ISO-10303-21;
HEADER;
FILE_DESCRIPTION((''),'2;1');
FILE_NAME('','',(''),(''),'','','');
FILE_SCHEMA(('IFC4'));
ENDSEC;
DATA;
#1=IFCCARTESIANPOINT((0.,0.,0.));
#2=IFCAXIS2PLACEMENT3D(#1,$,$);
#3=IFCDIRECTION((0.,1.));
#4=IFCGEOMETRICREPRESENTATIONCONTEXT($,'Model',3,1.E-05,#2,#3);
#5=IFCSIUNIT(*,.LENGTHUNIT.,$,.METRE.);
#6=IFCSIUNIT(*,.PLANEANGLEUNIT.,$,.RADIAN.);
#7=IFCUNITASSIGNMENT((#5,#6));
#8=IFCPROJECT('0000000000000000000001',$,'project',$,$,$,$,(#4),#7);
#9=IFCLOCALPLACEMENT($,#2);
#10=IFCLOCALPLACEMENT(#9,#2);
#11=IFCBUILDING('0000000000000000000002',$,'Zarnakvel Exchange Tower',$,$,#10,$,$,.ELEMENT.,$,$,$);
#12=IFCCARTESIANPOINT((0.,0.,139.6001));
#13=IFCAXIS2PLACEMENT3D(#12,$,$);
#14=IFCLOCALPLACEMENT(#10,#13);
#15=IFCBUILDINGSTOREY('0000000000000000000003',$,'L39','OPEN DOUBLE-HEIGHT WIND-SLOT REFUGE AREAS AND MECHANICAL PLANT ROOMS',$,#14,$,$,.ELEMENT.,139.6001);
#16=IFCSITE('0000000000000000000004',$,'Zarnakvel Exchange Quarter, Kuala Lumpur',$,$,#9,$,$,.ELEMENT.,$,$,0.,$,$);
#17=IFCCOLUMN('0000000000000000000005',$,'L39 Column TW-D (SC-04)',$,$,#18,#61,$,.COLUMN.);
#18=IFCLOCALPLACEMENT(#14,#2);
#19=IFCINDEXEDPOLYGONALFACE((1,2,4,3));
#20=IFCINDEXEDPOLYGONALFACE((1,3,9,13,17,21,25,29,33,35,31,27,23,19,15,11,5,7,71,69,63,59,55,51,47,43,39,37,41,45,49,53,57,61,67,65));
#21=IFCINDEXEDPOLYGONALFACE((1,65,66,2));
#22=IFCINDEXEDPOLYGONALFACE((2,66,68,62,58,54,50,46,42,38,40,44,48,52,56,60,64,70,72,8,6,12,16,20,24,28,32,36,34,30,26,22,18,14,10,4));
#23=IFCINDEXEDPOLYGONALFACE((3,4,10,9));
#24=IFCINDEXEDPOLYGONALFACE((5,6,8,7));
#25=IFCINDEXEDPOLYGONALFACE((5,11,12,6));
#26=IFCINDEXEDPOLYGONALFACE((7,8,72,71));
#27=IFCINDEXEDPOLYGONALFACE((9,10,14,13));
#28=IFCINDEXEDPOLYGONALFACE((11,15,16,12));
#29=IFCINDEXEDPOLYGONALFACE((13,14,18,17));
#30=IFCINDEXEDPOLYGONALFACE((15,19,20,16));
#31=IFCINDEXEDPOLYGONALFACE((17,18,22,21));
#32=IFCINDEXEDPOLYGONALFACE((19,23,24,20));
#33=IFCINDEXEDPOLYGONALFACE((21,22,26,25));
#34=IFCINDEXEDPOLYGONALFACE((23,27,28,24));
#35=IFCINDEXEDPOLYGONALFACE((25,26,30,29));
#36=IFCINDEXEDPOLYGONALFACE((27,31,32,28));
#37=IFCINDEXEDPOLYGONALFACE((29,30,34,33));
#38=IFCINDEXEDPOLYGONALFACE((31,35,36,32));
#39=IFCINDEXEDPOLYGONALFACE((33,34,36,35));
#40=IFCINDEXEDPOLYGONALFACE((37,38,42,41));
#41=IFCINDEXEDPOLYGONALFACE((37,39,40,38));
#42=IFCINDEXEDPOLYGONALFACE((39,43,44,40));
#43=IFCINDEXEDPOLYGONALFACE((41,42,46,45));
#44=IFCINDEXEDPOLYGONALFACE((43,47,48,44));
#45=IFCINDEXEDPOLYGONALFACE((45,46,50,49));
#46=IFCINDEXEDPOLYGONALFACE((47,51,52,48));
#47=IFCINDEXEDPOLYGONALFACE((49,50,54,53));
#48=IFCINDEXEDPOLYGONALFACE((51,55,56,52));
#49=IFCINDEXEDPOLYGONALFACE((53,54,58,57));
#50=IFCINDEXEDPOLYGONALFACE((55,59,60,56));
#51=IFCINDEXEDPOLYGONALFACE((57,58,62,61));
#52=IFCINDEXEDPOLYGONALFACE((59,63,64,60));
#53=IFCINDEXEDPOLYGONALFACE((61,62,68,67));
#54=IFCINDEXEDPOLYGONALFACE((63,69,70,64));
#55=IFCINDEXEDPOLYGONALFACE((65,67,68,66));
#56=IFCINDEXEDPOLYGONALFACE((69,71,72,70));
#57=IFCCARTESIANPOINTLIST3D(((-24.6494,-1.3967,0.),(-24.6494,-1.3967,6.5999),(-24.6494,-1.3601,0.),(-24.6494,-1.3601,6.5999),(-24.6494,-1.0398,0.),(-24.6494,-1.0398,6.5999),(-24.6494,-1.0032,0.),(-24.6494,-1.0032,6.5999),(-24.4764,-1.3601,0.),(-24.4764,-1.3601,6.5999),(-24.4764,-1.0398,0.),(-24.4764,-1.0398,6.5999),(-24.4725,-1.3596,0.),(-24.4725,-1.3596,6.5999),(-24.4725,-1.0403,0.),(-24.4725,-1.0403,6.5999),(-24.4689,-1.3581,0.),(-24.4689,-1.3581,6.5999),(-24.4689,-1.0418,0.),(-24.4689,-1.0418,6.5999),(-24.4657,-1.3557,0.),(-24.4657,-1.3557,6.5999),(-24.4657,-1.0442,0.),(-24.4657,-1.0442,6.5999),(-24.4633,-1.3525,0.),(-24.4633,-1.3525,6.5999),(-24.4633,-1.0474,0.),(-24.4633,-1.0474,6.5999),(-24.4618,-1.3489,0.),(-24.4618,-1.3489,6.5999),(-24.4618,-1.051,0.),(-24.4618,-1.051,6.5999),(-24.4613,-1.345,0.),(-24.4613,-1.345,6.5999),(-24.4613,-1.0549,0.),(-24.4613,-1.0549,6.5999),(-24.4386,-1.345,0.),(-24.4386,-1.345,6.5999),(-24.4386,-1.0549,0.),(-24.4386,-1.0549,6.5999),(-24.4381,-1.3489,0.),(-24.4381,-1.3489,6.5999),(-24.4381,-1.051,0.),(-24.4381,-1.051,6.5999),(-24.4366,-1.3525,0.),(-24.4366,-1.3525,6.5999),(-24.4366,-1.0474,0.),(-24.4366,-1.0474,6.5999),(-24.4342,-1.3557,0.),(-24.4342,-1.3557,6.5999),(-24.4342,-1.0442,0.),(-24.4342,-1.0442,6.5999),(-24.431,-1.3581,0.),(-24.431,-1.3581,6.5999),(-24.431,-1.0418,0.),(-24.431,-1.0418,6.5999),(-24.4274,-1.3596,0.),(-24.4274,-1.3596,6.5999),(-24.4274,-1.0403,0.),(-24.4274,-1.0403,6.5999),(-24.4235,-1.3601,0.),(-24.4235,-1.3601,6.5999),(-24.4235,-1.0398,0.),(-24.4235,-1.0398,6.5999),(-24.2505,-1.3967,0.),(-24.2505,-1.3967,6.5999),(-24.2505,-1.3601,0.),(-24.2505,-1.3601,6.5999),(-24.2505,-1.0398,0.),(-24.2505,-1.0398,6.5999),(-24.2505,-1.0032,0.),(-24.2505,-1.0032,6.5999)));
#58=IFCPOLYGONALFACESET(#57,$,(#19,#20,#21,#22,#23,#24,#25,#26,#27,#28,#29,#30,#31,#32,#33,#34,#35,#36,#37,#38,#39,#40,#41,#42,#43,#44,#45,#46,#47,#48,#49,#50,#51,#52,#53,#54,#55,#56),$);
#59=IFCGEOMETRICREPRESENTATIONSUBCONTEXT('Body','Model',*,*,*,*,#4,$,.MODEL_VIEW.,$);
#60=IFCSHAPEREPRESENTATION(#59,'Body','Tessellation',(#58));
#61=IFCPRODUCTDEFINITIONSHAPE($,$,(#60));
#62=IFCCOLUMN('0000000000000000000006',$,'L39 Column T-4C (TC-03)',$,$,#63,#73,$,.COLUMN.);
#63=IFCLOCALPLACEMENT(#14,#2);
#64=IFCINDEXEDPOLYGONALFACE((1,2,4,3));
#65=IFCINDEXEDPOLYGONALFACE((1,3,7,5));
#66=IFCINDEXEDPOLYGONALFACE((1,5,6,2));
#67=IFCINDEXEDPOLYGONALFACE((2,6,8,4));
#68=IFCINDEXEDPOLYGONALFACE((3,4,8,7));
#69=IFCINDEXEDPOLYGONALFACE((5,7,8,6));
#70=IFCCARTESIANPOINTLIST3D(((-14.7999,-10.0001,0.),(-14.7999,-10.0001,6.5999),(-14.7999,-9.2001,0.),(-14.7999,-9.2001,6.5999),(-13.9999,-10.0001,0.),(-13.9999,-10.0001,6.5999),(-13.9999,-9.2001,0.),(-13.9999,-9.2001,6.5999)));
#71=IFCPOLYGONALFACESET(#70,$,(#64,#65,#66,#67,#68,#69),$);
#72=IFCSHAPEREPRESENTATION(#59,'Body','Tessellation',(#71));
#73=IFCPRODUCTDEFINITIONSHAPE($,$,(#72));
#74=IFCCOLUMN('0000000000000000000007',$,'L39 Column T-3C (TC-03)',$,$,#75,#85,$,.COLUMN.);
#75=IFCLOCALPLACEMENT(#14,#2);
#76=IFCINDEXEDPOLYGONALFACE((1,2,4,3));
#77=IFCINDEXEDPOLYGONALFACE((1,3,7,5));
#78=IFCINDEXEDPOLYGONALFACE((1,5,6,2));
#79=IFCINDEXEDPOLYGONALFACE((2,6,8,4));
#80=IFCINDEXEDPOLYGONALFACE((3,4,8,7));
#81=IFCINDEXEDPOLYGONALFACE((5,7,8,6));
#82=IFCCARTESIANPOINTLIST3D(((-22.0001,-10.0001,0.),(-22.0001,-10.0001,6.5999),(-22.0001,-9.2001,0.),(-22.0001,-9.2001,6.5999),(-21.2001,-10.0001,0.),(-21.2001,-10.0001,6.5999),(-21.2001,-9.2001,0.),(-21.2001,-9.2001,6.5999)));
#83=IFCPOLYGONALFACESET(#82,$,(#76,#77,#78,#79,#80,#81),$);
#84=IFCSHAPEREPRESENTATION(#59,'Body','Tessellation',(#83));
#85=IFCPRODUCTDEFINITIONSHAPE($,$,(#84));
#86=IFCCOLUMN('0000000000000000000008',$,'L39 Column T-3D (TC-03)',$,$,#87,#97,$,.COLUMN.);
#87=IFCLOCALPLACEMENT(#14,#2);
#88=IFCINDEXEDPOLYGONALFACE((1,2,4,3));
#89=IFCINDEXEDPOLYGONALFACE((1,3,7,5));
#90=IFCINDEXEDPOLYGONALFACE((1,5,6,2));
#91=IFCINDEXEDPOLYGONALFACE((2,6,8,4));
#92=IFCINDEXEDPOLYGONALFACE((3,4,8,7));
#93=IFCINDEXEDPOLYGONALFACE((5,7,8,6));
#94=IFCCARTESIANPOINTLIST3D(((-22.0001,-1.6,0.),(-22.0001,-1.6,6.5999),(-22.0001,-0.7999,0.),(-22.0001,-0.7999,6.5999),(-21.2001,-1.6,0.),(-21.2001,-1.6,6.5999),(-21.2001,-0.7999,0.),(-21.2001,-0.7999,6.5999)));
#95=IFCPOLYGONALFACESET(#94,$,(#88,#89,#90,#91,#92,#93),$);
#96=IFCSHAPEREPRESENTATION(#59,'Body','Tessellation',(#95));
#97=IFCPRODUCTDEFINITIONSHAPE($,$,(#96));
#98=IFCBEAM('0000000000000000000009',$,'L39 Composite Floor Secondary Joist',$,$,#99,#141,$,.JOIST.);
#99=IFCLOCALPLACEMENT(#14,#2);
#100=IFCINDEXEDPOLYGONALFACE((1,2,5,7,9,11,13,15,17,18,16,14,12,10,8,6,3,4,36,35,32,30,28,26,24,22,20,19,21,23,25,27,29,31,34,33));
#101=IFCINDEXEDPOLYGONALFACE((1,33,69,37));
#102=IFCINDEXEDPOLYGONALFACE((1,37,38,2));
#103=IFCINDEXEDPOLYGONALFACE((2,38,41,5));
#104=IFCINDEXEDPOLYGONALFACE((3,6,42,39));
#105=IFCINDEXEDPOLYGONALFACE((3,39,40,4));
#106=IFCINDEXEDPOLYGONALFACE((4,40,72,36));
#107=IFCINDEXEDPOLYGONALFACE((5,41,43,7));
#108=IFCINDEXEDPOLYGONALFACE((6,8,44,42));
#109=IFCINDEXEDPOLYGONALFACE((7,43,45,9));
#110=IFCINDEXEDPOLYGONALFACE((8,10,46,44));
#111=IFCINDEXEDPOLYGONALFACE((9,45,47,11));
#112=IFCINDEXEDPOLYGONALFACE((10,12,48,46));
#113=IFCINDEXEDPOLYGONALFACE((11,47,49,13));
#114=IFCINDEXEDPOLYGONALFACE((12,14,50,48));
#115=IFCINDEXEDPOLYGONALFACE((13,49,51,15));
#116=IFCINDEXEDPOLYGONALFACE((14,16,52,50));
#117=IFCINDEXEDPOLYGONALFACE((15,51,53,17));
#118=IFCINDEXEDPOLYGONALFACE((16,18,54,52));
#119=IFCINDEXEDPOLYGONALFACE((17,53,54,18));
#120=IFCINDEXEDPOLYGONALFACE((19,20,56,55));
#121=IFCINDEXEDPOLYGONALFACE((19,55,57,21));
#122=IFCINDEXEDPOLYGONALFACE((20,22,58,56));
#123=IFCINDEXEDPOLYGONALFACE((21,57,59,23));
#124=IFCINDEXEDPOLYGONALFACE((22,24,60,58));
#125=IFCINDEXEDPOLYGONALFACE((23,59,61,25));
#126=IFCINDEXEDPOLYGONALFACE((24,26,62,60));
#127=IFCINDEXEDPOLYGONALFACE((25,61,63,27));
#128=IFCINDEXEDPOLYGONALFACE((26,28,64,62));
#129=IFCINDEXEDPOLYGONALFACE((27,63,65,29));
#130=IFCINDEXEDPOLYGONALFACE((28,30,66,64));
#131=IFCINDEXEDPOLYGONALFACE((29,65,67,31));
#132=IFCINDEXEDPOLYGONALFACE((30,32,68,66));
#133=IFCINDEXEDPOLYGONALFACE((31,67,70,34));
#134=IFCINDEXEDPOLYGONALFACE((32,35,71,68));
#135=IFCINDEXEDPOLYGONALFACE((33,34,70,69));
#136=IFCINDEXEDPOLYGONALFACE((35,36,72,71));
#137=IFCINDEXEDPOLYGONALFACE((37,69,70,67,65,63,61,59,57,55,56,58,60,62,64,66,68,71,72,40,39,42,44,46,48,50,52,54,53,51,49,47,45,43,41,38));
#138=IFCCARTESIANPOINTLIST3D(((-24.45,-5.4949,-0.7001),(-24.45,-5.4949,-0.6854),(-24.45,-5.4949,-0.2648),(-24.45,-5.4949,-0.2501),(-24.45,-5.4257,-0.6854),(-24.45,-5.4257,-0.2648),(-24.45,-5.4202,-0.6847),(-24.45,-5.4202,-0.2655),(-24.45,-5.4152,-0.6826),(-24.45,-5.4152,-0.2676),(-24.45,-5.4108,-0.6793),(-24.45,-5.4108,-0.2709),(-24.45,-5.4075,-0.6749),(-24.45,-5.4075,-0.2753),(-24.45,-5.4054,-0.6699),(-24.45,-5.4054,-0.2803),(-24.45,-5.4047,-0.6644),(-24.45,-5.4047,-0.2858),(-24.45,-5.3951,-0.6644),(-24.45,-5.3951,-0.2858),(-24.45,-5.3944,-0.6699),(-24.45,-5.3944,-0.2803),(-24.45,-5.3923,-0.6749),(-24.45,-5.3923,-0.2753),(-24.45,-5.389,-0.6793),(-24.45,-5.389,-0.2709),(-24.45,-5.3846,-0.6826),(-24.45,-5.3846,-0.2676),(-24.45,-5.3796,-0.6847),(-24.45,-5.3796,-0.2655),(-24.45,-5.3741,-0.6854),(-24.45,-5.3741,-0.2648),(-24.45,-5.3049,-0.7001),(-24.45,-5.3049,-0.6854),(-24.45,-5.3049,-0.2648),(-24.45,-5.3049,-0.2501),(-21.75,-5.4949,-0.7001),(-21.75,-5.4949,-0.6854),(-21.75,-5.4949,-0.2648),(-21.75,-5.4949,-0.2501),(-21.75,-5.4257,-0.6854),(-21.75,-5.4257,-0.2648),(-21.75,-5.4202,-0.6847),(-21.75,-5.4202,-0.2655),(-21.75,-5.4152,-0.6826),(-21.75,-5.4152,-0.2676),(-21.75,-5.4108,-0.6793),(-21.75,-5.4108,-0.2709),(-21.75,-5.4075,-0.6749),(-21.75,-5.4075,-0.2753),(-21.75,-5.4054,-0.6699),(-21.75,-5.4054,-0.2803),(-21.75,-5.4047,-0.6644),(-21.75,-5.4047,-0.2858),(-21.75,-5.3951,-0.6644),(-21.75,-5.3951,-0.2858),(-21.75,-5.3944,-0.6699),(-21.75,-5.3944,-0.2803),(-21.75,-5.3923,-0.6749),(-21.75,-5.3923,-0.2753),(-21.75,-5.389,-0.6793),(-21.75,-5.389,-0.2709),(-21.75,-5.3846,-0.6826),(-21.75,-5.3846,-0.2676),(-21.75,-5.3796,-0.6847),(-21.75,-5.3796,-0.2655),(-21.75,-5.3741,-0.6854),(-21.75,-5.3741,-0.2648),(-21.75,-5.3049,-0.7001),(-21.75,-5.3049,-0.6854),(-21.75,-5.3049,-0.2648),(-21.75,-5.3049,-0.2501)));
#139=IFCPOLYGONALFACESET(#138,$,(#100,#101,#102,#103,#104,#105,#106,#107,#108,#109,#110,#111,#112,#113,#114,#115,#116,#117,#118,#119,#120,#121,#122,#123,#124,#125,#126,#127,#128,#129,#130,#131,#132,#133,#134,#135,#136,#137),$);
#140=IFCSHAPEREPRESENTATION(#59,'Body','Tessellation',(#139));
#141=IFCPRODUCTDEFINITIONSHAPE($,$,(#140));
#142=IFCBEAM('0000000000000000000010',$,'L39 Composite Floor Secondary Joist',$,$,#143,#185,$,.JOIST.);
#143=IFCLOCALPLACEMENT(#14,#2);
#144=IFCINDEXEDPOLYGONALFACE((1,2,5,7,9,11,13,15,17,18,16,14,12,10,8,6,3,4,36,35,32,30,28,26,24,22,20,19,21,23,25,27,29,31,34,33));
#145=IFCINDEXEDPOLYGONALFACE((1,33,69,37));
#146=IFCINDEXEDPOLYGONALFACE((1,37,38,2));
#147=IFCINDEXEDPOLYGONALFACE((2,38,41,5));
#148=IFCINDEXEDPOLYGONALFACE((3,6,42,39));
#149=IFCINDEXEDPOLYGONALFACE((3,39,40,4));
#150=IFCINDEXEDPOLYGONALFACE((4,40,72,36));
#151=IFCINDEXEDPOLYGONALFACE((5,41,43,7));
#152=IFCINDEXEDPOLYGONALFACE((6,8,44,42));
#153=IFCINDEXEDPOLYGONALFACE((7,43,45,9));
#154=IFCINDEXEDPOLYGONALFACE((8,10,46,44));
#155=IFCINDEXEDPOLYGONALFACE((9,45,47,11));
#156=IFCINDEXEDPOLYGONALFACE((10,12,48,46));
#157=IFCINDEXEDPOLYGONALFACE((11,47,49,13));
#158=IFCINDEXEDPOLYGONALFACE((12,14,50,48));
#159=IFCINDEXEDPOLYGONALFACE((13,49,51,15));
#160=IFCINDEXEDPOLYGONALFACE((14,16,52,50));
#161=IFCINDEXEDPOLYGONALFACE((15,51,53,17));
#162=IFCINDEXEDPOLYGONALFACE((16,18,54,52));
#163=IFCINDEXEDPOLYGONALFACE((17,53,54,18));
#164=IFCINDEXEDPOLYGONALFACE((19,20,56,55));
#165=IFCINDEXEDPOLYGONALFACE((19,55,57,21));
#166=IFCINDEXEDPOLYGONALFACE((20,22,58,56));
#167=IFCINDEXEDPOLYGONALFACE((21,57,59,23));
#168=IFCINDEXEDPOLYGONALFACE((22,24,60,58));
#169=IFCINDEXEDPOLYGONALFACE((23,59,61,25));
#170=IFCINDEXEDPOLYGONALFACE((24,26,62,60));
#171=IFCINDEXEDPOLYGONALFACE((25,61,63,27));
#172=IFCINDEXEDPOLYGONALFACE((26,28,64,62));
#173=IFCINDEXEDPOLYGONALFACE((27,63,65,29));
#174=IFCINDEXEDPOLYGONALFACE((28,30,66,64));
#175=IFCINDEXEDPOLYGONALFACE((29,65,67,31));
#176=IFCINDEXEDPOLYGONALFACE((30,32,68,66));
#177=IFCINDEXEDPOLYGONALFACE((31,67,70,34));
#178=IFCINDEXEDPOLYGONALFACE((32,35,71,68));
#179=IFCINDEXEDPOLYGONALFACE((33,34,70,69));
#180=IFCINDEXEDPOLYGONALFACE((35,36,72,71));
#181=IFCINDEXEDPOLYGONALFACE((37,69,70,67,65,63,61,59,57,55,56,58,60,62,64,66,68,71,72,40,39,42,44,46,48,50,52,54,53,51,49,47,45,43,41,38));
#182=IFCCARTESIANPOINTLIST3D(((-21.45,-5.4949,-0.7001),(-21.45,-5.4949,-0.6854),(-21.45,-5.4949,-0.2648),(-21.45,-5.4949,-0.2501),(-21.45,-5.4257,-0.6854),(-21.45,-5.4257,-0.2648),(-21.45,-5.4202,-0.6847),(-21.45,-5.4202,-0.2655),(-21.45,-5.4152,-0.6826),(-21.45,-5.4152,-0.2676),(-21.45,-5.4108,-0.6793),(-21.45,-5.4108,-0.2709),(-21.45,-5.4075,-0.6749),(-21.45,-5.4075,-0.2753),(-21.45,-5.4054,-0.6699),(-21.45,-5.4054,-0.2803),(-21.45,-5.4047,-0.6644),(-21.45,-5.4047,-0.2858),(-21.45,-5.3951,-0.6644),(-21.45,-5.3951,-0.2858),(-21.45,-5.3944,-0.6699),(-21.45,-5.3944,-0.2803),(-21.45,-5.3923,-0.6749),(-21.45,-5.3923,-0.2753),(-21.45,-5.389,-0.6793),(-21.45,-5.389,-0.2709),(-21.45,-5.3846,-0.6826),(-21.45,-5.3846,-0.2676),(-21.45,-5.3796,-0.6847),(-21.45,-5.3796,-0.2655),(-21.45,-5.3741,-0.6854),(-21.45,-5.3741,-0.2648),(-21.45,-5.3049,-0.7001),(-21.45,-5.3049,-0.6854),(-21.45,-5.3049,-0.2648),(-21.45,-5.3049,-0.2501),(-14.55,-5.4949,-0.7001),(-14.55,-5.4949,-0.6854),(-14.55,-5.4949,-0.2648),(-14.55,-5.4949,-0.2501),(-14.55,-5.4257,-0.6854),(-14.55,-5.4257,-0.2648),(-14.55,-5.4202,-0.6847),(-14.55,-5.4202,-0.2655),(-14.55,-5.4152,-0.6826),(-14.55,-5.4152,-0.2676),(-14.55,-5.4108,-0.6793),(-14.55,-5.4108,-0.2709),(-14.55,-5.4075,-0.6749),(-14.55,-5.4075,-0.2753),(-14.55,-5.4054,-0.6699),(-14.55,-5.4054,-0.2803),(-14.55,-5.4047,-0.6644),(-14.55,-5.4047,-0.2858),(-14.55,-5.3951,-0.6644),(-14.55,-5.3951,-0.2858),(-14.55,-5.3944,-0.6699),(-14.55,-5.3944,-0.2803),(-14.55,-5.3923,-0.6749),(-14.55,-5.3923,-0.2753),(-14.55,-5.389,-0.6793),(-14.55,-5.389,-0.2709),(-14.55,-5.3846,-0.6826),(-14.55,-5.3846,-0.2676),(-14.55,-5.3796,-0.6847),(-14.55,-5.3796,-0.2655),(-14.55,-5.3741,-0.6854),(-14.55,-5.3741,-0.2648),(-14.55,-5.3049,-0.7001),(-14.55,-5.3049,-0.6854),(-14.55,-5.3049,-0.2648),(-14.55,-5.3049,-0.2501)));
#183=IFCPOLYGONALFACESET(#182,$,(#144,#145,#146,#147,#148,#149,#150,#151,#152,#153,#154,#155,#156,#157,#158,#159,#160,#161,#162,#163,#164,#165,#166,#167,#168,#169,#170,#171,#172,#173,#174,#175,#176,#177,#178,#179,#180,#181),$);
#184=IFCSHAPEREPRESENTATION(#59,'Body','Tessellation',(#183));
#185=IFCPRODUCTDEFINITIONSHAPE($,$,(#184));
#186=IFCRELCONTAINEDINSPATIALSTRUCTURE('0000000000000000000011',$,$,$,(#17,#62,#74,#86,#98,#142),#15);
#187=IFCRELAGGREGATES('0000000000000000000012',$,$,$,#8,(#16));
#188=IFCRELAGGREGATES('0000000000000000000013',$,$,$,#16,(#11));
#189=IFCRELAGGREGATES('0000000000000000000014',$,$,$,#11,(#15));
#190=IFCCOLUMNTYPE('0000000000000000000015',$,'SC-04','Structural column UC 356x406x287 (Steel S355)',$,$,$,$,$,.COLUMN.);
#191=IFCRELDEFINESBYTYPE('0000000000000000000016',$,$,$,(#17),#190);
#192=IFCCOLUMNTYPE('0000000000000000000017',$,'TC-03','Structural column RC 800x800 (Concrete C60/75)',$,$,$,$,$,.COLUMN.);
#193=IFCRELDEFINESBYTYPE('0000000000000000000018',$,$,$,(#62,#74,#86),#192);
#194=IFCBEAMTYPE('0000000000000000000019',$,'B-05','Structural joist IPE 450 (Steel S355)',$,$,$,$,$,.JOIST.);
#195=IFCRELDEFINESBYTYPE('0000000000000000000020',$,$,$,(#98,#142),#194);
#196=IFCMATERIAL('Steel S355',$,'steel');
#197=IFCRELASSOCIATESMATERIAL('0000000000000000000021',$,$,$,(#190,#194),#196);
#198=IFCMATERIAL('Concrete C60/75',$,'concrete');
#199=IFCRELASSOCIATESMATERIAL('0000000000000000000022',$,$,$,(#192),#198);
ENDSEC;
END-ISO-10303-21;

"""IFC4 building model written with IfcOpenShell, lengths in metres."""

from ifc_helpers import new_model, si_unit, direction, frame, origin, origin_2d, place, context, subcontext, project, spatial, rectangle, i_section, extrude, material, material_profile, profile_set, type_object, element, save


model = new_model("IFC4")

# Units and contexts
model_context = context("Model", 3, precision=1e-05, world=origin(), true_north=direction((0.0, 1.0)))
body_context = subcontext(model_context, "Body", "Model", "MODEL_VIEW")
ifc_project = project(units=[si_unit("LENGTHUNIT", "METRE"), si_unit("PLANEANGLEUNIT", "RADIAN")], contexts=[model_context])

# Site, building, storey
site_placement = place(None, origin())
site = spatial("IfcSite", under=ifc_project, at=site_placement, Name="Zarnakvel Exchange Quarter, Kuala Lumpur", CompositionType="ELEMENT", RefElevation=0.0)
building_placement = place(site_placement, origin())
building = spatial("IfcBuilding", under=site, at=building_placement, Name="Zarnakvel Exchange Tower", CompositionType="ELEMENT")
storey_placement = place(building_placement, frame((0.0, 0.0, 139.6001)))
storey = spatial("IfcBuildingStorey", under=building, at=storey_placement, Name="L39", Description="OPEN DOUBLE-HEIGHT WIND-SLOT REFUGE AREAS AND MECHANICAL PLANT ROOMS", CompositionType="ELEMENT", Elevation=139.6001)

# Columns
ifc_material_1 = material(Name="Steel S355", Category="steel")
ifc_material_profile_1 = material_profile(ifc_material_1, i_section(OverallWidth=0.3989, OverallDepth=0.3936, WebThickness=0.0227, FlangeThickness=0.0366, FilletRadius=0.0151, at=origin_2d()))
ifc_profile_set_1 = profile_set([ifc_material_profile_1], Name="Steel S355")
column_type_1 = type_object("IfcColumnType", Name="SC-04", Description="Structural column UC 356x406x287 (Steel S355)", PredefinedType="COLUMN", material=ifc_profile_set_1)
column_placement = place(storey_placement, frame((-24.45, -1.2, 0.0), z_axis=(0.0, 0.0, 1.0), x_axis=(1.0, 0.0, 0.0)))
element("IfcColumn", 1, at=column_placement, inside=storey, type_object=column_type_1, Name="L39 Column TW-D (SC-04)", PredefinedType="COLUMN", context=body_context, shape_type="SweptSolid", body=[
    extrude(i_section(OverallWidth=0.3989, OverallDepth=0.3936, WebThickness=0.0227, FlangeThickness=0.0366, FilletRadius=0.0151, at=origin_2d()), origin(), (0.0, 0.0, 1.0), 6.5999),
])
ifc_material_2 = material(Name="Concrete C60/75", Category="concrete")
ifc_material_profile_2 = material_profile(ifc_material_2, rectangle(XDim=0.8, YDim=0.8, at=origin_2d()))
ifc_profile_set_2 = profile_set([ifc_material_profile_2], Name="Concrete C60/75")
column_type_2 = type_object("IfcColumnType", Name="TC-03", Description="Structural column RC 800x800 (Concrete C60/75)", PredefinedType="COLUMN", material=ifc_profile_set_2)
for number, where, z_axis, x_axis, name in (
    (2, (-14.3999, -9.6001, 0.0), (0.0, 0.0, 1.0), (1.0, 0.0, 0.0), "L39 Column T-4C (TC-03)"),
    (3, (-21.6001, -9.6001, 0.0), (0.0, 0.0, 1.0), (1.0, 0.0, 0.0), "L39 Column T-3C (TC-03)"),
    (4, (-21.6001, -1.2, 0.0), (0.0, 0.0, 1.0), (1.0, 0.0, 0.0), "L39 Column T-3D (TC-03)"),
):
    element("IfcColumn", number, at=place(storey_placement, frame(where, z_axis=z_axis, x_axis=x_axis)), inside=storey, type_object=column_type_2, Name=name, PredefinedType="COLUMN", context=body_context, shape_type="SweptSolid", body=[
        extrude(rectangle(XDim=0.8, YDim=0.8, at=origin_2d()), origin(), (0.0, 0.0, 1.0), 6.5999),
    ])

# Beams
ifc_material_profile_3 = material_profile(ifc_material_1, i_section(OverallWidth=0.1899, OverallDepth=0.45, WebThickness=0.0095, FlangeThickness=0.0146, FilletRadius=0.021, at=origin_2d()))
ifc_profile_set_3 = profile_set([ifc_material_profile_3], Name="Steel S355")
beam_type_1 = type_object("IfcBeamType", Name="B-05", Description="Structural joist IPE 450 (Steel S355)", PredefinedType="JOIST", material=ifc_profile_set_3)
beam_1_placement = place(storey_placement, frame((-24.45, -5.3999, -0.4751), z_axis=(1.0, 0.0, 0.0), x_axis=(0.0, 1.0, 0.0)))
element("IfcBeam", 5, at=beam_1_placement, inside=storey, type_object=beam_type_1, Name="L39 Composite Floor Secondary Joist", PredefinedType="JOIST", context=body_context, shape_type="SweptSolid", body=[
    extrude(i_section(OverallWidth=0.1899, OverallDepth=0.45, WebThickness=0.0095, FlangeThickness=0.0146, FilletRadius=0.021, at=origin_2d()), origin(), (0.0, 0.0, 1.0), 2.7),
])
beam_2_placement = place(storey_placement, frame((-21.45, -5.3999, -0.4751), z_axis=(1.0, 0.0, 0.0), x_axis=(0.0, 1.0, 0.0)))
element("IfcBeam", 6, at=beam_2_placement, inside=storey, type_object=beam_type_1, Name="L39 Composite Floor Secondary Joist", PredefinedType="JOIST", context=body_context, shape_type="SweptSolid", body=[
    extrude(i_section(OverallWidth=0.1899, OverallDepth=0.45, WebThickness=0.0095, FlangeThickness=0.0146, FilletRadius=0.021, at=origin_2d()), origin(), (0.0, 0.0, 1.0), 6.8999),
])

save(model, "model.ifc")
